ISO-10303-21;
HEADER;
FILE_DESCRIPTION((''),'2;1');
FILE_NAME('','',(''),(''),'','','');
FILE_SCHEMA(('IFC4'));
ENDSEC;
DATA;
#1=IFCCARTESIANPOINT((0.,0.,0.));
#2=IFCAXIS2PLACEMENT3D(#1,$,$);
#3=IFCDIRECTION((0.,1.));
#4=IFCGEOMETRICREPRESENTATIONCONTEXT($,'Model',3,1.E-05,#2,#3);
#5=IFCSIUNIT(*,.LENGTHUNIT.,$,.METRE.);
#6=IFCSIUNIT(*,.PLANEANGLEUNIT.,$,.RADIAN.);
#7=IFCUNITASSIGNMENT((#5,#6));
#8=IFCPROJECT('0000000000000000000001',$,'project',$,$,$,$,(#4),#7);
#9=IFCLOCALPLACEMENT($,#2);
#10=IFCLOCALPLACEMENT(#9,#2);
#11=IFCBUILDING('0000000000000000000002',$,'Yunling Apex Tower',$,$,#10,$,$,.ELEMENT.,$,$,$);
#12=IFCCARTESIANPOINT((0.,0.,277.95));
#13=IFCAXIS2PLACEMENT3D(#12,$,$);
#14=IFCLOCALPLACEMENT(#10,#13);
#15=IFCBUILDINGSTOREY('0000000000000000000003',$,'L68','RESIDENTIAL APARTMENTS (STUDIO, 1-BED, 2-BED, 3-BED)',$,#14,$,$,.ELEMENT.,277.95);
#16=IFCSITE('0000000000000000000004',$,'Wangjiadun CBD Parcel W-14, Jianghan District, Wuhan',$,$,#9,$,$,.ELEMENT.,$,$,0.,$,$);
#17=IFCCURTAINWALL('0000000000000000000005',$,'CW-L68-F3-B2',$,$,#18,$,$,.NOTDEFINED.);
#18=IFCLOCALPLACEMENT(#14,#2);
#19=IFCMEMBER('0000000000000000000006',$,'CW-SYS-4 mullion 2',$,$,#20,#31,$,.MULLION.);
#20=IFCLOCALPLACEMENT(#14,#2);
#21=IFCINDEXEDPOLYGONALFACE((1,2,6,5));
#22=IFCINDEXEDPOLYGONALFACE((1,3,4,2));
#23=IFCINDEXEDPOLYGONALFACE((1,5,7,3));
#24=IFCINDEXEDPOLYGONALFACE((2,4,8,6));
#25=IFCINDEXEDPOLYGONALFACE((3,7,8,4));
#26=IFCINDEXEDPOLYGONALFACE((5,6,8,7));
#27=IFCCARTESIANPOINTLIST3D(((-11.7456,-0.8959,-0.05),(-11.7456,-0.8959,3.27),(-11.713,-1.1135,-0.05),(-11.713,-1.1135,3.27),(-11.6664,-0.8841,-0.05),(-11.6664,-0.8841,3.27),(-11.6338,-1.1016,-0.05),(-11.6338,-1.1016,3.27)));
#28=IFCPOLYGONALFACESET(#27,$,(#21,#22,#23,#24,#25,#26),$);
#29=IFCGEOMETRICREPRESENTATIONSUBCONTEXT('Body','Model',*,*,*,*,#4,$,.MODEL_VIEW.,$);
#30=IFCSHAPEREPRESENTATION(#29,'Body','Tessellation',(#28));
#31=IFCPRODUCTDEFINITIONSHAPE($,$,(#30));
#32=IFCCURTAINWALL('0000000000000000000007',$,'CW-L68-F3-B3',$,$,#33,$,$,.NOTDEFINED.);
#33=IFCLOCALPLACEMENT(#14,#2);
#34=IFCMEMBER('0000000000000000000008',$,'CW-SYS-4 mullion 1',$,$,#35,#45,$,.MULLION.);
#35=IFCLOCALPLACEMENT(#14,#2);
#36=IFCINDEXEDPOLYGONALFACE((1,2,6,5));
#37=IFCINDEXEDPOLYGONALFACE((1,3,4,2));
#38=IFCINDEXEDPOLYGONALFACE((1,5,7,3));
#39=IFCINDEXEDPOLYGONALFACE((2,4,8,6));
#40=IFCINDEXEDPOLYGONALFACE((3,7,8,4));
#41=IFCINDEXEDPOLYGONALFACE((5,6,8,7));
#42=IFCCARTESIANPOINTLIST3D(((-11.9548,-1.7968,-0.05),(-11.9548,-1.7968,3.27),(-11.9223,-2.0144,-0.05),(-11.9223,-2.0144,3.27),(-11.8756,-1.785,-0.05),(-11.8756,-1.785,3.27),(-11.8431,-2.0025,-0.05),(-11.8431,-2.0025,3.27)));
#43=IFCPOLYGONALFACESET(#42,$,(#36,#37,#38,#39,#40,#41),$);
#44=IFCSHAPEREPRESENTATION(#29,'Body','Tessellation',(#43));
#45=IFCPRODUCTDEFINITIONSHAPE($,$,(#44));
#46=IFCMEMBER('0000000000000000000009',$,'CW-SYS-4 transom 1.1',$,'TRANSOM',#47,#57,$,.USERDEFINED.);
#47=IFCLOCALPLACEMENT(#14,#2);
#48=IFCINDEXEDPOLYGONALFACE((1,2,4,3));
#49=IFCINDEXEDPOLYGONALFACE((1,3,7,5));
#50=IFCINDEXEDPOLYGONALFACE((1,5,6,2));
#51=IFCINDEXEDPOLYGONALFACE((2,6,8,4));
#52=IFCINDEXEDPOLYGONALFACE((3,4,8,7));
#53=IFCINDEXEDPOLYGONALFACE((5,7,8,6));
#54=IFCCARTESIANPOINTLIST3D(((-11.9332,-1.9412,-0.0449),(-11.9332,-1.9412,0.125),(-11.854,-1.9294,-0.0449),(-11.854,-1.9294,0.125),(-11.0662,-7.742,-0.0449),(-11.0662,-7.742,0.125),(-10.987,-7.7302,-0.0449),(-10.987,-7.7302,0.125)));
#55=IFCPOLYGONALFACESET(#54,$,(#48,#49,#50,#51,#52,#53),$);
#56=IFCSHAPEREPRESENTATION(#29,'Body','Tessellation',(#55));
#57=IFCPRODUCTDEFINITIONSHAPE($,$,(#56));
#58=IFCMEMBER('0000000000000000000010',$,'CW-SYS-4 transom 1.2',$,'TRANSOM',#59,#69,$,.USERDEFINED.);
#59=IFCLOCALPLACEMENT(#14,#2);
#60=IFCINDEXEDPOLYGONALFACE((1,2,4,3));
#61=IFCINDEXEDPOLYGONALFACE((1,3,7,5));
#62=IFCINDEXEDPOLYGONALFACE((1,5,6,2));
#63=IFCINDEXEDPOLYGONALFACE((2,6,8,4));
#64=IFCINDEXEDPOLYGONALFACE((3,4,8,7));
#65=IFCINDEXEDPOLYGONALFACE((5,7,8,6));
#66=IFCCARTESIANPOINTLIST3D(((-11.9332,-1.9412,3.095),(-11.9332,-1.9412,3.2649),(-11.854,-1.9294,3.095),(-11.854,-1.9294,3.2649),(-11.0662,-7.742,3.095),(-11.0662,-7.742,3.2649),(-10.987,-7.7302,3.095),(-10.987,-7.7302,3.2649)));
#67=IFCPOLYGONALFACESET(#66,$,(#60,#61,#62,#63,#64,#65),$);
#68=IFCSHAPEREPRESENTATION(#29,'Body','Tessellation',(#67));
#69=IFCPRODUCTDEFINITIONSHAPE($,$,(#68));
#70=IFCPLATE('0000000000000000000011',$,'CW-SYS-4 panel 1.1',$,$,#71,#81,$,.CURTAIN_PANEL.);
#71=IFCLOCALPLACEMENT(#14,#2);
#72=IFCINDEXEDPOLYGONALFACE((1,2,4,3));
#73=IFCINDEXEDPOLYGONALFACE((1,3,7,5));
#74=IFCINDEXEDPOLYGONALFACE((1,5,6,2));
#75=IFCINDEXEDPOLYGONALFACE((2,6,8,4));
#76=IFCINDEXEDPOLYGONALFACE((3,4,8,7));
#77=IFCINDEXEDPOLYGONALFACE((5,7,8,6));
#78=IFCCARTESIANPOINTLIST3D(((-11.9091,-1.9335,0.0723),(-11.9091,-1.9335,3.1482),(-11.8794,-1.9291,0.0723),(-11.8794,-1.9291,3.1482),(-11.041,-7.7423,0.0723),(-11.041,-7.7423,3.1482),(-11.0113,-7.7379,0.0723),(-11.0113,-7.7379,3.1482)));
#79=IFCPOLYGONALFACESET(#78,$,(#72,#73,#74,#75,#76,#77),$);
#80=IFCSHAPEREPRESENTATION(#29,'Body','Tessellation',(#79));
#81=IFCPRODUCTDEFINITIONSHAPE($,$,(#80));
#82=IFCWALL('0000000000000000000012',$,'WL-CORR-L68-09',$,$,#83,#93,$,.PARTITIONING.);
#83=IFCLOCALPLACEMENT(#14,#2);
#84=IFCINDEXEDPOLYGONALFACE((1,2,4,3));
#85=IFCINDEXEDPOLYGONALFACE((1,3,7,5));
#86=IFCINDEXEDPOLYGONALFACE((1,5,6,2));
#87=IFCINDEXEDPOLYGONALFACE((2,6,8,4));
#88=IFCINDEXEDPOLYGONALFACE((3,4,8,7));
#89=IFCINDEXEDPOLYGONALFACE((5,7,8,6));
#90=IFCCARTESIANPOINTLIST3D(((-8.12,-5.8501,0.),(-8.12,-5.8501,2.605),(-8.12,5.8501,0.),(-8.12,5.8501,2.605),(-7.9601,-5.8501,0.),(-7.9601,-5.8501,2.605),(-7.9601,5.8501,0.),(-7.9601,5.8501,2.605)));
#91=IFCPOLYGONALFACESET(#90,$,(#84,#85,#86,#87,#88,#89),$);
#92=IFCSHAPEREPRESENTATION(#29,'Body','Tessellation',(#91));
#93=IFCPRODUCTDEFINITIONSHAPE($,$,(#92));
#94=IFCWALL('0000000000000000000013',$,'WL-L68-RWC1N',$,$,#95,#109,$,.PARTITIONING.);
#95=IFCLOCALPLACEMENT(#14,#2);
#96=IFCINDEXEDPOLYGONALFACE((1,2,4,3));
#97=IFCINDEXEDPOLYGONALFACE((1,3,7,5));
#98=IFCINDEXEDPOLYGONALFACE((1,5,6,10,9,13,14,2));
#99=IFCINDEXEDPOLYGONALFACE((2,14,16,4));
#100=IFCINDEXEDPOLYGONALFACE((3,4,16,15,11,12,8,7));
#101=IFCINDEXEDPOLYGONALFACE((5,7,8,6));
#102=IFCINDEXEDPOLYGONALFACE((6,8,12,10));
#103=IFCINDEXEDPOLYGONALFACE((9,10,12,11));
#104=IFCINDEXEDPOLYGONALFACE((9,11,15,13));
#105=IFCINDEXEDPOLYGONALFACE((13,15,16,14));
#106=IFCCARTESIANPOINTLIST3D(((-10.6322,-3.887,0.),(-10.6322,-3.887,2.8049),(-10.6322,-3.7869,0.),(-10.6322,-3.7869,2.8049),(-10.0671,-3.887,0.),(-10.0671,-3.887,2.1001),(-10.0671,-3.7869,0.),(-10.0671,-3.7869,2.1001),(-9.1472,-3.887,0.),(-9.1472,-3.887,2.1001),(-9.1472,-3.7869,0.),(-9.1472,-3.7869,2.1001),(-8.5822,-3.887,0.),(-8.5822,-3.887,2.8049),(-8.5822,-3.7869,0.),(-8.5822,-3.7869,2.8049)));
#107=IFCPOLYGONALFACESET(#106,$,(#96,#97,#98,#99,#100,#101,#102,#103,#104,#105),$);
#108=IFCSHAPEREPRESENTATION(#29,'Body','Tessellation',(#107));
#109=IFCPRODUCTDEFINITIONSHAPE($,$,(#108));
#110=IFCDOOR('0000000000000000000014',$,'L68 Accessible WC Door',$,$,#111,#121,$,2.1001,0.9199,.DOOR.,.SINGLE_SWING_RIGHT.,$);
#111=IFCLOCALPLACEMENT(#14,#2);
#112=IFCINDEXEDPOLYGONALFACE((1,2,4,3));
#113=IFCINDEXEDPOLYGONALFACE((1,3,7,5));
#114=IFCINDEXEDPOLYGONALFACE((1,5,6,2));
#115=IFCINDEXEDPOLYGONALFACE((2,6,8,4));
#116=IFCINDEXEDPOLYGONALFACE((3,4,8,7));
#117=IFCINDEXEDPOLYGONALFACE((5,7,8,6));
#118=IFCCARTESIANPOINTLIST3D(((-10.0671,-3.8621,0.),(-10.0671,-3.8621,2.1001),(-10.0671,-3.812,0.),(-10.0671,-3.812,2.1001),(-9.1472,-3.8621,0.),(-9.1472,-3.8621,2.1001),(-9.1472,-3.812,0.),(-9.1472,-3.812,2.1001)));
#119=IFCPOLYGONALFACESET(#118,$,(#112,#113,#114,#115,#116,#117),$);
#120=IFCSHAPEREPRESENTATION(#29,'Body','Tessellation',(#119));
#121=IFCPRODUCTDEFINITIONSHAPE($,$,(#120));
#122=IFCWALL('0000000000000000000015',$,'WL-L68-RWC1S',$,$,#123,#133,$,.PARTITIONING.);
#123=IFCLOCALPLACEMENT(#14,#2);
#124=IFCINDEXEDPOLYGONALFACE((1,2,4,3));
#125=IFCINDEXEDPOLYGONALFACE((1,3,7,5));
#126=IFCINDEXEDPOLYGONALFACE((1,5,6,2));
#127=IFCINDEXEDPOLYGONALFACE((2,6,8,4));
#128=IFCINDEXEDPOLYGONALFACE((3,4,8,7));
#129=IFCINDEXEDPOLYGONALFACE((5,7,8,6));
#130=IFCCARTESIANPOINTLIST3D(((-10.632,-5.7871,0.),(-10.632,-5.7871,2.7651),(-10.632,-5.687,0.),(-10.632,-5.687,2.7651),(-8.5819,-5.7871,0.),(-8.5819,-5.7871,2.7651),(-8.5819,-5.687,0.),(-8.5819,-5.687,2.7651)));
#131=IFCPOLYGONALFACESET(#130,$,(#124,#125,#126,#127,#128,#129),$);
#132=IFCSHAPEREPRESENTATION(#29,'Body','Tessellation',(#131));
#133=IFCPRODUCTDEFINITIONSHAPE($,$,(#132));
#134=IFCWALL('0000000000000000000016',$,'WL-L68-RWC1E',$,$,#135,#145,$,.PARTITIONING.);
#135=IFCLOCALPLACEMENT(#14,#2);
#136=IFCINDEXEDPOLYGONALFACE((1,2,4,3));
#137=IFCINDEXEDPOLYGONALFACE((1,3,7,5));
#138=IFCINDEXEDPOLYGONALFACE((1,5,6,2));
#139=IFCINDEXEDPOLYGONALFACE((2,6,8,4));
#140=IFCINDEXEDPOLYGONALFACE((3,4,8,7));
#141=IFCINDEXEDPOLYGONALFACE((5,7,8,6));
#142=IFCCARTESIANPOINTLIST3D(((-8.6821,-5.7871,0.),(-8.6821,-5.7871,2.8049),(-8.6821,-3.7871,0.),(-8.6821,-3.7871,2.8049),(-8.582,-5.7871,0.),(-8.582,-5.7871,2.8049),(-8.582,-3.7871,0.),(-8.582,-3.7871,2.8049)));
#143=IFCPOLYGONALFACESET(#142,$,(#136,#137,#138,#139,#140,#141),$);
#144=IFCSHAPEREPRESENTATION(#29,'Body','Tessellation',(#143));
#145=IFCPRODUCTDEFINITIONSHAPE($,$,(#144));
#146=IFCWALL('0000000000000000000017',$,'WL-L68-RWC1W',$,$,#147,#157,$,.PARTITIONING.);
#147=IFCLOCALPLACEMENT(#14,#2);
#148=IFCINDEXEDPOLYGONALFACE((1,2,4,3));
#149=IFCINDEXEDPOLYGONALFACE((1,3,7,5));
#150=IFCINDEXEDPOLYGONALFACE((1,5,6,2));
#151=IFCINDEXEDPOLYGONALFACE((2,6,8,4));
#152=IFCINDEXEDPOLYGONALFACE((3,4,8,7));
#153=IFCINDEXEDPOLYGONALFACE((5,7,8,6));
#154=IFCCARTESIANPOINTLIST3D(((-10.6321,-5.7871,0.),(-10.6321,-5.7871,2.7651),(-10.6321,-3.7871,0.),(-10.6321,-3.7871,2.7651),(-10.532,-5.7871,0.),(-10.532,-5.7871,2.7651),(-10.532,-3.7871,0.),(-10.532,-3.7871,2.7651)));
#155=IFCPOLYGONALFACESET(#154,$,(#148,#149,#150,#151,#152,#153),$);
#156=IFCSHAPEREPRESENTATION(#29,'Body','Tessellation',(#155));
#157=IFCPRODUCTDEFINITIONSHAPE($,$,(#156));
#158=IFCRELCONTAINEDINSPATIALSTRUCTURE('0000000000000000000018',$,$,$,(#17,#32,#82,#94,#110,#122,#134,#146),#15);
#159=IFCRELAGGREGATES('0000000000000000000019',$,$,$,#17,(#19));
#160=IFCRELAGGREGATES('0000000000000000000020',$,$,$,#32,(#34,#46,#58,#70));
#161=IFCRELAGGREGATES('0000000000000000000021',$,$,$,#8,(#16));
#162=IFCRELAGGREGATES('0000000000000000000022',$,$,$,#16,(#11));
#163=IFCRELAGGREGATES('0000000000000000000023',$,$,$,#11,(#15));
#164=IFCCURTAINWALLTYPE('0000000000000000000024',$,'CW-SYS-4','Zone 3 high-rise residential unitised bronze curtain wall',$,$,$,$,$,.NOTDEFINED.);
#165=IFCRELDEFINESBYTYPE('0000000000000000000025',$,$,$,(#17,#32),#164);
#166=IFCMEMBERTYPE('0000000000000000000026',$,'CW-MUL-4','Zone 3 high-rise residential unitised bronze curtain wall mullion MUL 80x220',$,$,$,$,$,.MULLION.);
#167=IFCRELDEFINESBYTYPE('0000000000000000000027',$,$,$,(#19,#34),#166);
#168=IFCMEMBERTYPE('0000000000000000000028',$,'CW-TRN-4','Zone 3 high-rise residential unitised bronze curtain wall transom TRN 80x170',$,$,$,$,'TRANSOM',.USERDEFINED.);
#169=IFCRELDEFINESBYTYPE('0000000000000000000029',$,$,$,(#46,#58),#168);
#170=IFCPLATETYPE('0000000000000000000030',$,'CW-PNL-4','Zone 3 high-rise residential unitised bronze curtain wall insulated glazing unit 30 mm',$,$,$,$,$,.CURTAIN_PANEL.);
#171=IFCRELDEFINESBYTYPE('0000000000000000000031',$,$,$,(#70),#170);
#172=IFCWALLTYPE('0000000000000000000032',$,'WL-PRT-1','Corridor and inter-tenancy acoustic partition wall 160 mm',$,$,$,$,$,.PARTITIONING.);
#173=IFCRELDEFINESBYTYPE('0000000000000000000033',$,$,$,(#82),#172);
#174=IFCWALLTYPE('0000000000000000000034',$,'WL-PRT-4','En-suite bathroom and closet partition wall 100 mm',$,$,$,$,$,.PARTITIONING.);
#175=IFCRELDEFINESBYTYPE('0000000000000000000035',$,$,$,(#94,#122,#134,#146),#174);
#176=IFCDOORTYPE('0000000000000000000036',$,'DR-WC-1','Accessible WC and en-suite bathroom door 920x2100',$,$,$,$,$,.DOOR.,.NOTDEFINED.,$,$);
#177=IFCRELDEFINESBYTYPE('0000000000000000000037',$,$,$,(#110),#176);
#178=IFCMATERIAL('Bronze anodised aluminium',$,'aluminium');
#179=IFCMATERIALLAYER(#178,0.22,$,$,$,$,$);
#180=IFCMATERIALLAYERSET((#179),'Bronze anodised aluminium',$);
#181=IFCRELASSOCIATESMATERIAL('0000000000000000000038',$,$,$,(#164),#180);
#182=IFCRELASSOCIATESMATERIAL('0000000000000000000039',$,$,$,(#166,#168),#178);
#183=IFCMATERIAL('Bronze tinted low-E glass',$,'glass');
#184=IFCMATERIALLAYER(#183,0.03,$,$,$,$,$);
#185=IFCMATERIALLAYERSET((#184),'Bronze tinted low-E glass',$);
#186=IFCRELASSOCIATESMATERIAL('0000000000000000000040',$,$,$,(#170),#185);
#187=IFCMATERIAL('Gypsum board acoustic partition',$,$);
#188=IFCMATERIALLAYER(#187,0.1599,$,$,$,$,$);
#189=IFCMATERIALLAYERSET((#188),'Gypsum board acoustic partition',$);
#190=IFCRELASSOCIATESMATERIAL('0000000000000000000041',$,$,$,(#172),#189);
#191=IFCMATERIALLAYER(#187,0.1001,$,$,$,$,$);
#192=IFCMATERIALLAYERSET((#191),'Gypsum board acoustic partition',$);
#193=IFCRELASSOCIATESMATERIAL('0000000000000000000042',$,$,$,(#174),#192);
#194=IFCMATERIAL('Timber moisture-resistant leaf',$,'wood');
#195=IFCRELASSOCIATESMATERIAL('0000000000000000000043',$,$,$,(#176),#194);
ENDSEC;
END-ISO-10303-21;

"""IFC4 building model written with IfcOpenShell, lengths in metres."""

from ifc_helpers import new_model, si_unit, direction, frame, frame_2d, origin, origin_2d, place, context, subcontext, project, spatial, rectangle, extrude, source, transform, mapped, material, layer, layer_set, material_profile, profile_set, type_object, element, fill, aggregate, save


model = new_model("IFC4")

# Units and contexts
model_context = context("Model", 3, precision=1e-05, world=origin(), true_north=direction((0.0, 1.0)))
body_context = subcontext(model_context, "Body", "Model", "MODEL_VIEW")
ifc_project = project(units=[si_unit("LENGTHUNIT", "METRE"), si_unit("PLANEANGLEUNIT", "RADIAN")], contexts=[model_context])

# Site, building, storey
site_placement = place(None, origin())
site = spatial("IfcSite", under=ifc_project, at=site_placement, Name="Wangjiadun CBD Parcel W-14, Jianghan District, Wuhan", CompositionType="ELEMENT", RefElevation=0.0)
building_placement = place(site_placement, origin())
building = spatial("IfcBuilding", under=site, at=building_placement, Name="Yunling Apex Tower", CompositionType="ELEMENT")
storey_placement = place(building_placement, frame((0.0, 0.0, 277.95)))
storey = spatial("IfcBuildingStorey", under=building, at=storey_placement, Name="L68", Description="RESIDENTIAL APARTMENTS (STUDIO, 1-BED, 2-BED, 3-BED)", CompositionType="ELEMENT", Elevation=277.95)

# Curtain wall, member
ifc_material_1 = material(Name="Bronze anodised aluminium", Category="aluminium")
ifc_layer_1 = layer(ifc_material_1, 0.22)
ifc_layer_set_1 = layer_set([ifc_layer_1], Name="Bronze anodised aluminium")
curtain_wall_type = type_object("IfcCurtainWallType", Name="CW-SYS-4", Description="Zone 3 high-rise residential unitised bronze curtain wall", PredefinedType="NOTDEFINED", material=ifc_layer_set_1)
curtain_wall_1_placement = place(storey_placement, origin())
curtain_wall_1 = element("IfcCurtainWall", 1, at=curtain_wall_1_placement, inside=storey, type_object=curtain_wall_type, Name="CW-L68-F3-B2", PredefinedType="NOTDEFINED")
ifc_material_profile_1 = material_profile(ifc_material_1, rectangle(XDim=0.0801, YDim=0.22, at=origin_2d()))
ifc_profile_set_1 = profile_set([ifc_material_profile_1], Name="Bronze anodised aluminium")
member_type_1 = type_object("IfcMemberType", Name="CW-MUL-4", Description="Zone 3 high-rise residential unitised bronze curtain wall mullion MUL 80x220", PredefinedType="MULLION", material=ifc_profile_set_1)
shared_shape_1 = source(origin(), body_context, "Body", "SweptSolid", [
    extrude(rectangle(XDim=0.0801, YDim=0.22, at=origin_2d()), origin(), (0.0, 0.0, 1.0), 3.3201),
])
member_1_placement = place(storey_placement, frame((-11.6897, -0.9988, -0.05), z_axis=(0.0, 0.0, 1.0), x_axis=(0.989017, 0.147804, 0.0)))
member_1 = element("IfcMember", 2, at=member_1_placement, type_object=member_type_1, Name="CW-SYS-4 mullion 2", PredefinedType="MULLION", context=body_context, shape_type="MappedRepresentation", body=[
    mapped(shared_shape_1, transform((0.0, 0.0, 0.0), scale=1.0)),
])
aggregate(curtain_wall_1, [member_1])

# Curtain wall, members, plate
curtain_wall_2_placement = place(storey_placement, origin())
curtain_wall_2 = element("IfcCurtainWall", 3, at=curtain_wall_2_placement, inside=storey, type_object=curtain_wall_type, Name="CW-L68-F3-B3", PredefinedType="NOTDEFINED")
member_2_placement = place(storey_placement, frame((-11.8989, -1.8997, -0.05), z_axis=(0.0, 0.0, 1.0), x_axis=(0.989016, 0.147807, 0.0)))
member_2 = element("IfcMember", 4, at=member_2_placement, type_object=member_type_1, Name="CW-SYS-4 mullion 1", PredefinedType="MULLION", context=body_context, shape_type="MappedRepresentation", body=[
    mapped(shared_shape_1, transform((0.0, 0.0, 0.0), scale=1.0)),
])
ifc_material_profile_2 = material_profile(ifc_material_1, rectangle(XDim=0.0801, YDim=0.1699, at=origin_2d()))
ifc_profile_set_2 = profile_set([ifc_material_profile_2], Name="Bronze anodised aluminium")
member_type_2 = type_object("IfcMemberType", Name="CW-TRN-4", Description="Zone 3 high-rise residential unitised bronze curtain wall transom TRN 80x170", ElementType="TRANSOM", PredefinedType="USERDEFINED", material=ifc_profile_set_2)
shared_shape_2 = source(origin(), body_context, "Body", "SweptSolid", [
    extrude(rectangle(XDim=0.0801, YDim=0.1699, at=origin_2d()), origin(), (0.0, 0.0, 1.0), 5.8652),
])
member_3_placement = place(storey_placement, frame((-11.8936, -1.9353, 0.04), z_axis=(0.147811, -0.989016, 0.0), x_axis=(0.989016, 0.147811, 0.0)))
member_3 = element("IfcMember", 5, at=member_3_placement, type_object=member_type_2, Name="CW-SYS-4 transom 1.1", ObjectType="TRANSOM", PredefinedType="USERDEFINED", context=body_context, shape_type="MappedRepresentation", body=[
    mapped(shared_shape_2, transform((0.0, 0.0, 0.0), scale=1.0)),
])
member_4_placement = place(storey_placement, frame((-11.8936, -1.9353, 3.1799), z_axis=(0.147811, -0.989016, 0.0), x_axis=(0.989016, 0.147811, 0.0)))
member_4 = element("IfcMember", 6, at=member_4_placement, type_object=member_type_2, Name="CW-SYS-4 transom 1.2", ObjectType="TRANSOM", PredefinedType="USERDEFINED", context=body_context, shape_type="MappedRepresentation", body=[
    mapped(shared_shape_2, transform((0.0, 0.0, 0.0), scale=1.0)),
])
ifc_material_2 = material(Name="Bronze tinted low-E glass", Category="glass")
ifc_layer_2 = layer(ifc_material_2, 0.03)
ifc_layer_set_2 = layer_set([ifc_layer_2], Name="Bronze tinted low-E glass")
plate_type = type_object("IfcPlateType", Name="CW-PNL-4", Description="Zone 3 high-rise residential unitised bronze curtain wall insulated glazing unit 30 mm", PredefinedType="CURTAIN_PANEL", material=ifc_layer_set_2)
shared_shape_3 = source(origin(), body_context, "Body", "SweptSolid", [
    extrude(rectangle(XDim=5.8733, YDim=0.03, at=origin_2d()), origin(), (0.0, 0.0, 1.0), 3.0759),
])
plate_placement = place(storey_placement, frame((-11.4602, -4.8357, 0.0723), z_axis=(0.0, 0.0, 1.0), x_axis=(0.147807, -0.989016, 0.0)))
plate = element("IfcPlate", 7, at=plate_placement, type_object=plate_type, Name="CW-SYS-4 panel 1.1", PredefinedType="CURTAIN_PANEL", context=body_context, shape_type="MappedRepresentation", body=[
    mapped(shared_shape_3, transform((0.0, 0.0, 0.0), scale=1.0)),
])
aggregate(curtain_wall_2, [member_2, member_3, member_4, plate])

# Wall
ifc_material_3 = material(Name="Gypsum board acoustic partition")
ifc_layer_3 = layer(ifc_material_3, 0.1599)
ifc_layer_set_3 = layer_set([ifc_layer_3], Name="Gypsum board acoustic partition")
wall_type_1 = type_object("IfcWallType", Name="WL-PRT-1", Description="Corridor and inter-tenancy acoustic partition wall 160 mm", PredefinedType="PARTITIONING", material=ifc_layer_set_3)
wall_1_placement = place(storey_placement, frame((-8.04, -5.8501, 0.0), z_axis=(0.0, 0.0, 1.0), x_axis=(0.0, 1.0, 0.0)))
element("IfcWall", 8, at=wall_1_placement, inside=storey, type_object=wall_type_1, Name="WL-CORR-L68-09", PredefinedType="PARTITIONING", context=body_context, shape_type="SweptSolid", body=[
    extrude(rectangle(XDim=11.7002, YDim=0.1599, at=frame_2d((5.8501, 0.0))), origin(), (0.0, 0.0, 1.0), 2.605),
])

# Wall, opening, door
ifc_layer_4 = layer(ifc_material_3, 0.1001)
ifc_layer_set_4 = layer_set([ifc_layer_4], Name="Gypsum board acoustic partition")
wall_type_2 = type_object("IfcWallType", Name="WL-PRT-4", Description="En-suite bathroom and closet partition wall 100 mm", PredefinedType="PARTITIONING", material=ifc_layer_set_4)
wall_2_placement = place(storey_placement, frame((-10.6321, -3.8369, 0.0), z_axis=(0.0, 0.0, 1.0), x_axis=(1.0, 0.0, 0.0)))
wall_2 = element("IfcWall", 9, at=wall_2_placement, inside=storey, type_object=wall_type_2, Name="WL-L68-RWC1N", PredefinedType="PARTITIONING", context=body_context, shape_type="SweptSolid", body=[
    extrude(rectangle(XDim=2.05, YDim=0.1001, at=frame_2d((1.0249, 0.0))), origin(), (0.0, 0.0, 1.0), 2.8049),
])
opening_placement = place(wall_2_placement, frame((0.5649, 0.0, 0.0)))
opening = element("IfcOpeningElement", 10, at=opening_placement, cuts=wall_2, PredefinedType="OPENING", context=body_context, shape_type="SweptSolid", body=[
    extrude(rectangle(XDim=0.9199, YDim=2.1001, at=frame_2d((0.46, 1.05))), frame((0.0, 0.0601, 0.0), z_axis=(0.0, -1.0, 0.0), x_axis=(1.0, 0.0, 0.0)), (0.0, 0.0, 1.0), 0.1201),
])
ifc_material_4 = material(Name="Timber moisture-resistant leaf", Category="wood")
door_type = type_object("IfcDoorType", Name="DR-WC-1", Description="Accessible WC and en-suite bathroom door 920x2100", OperationType="NOTDEFINED", PredefinedType="DOOR", material=ifc_material_4)
door_placement = place(opening_placement, origin())
door = element("IfcDoor", 11, at=door_placement, inside=storey, type_object=door_type, Name="L68 Accessible WC Door", OperationType="SINGLE_SWING_RIGHT", OverallHeight=2.1001, OverallWidth=0.9199, PredefinedType="DOOR", context=body_context, shape_type="SweptSolid", body=[
    extrude(rectangle(XDim=0.9199, YDim=2.1001, at=frame_2d((0.46, 1.05))), frame((0.0, 0.0249, 0.0), z_axis=(0.0, -1.0, 0.0), x_axis=(1.0, 0.0, 0.0)), (0.0, 0.0, 1.0), 0.05),
])
fill(opening, door)

# Walls
wall_3_placement = place(storey_placement, frame((-8.582, -5.7371, 0.0), z_axis=(0.0, 0.0, 1.0), x_axis=(-1.0, 0.0, 0.0)))
element("IfcWall", 12, at=wall_3_placement, inside=storey, type_object=wall_type_2, Name="WL-L68-RWC1S", PredefinedType="PARTITIONING", context=body_context, shape_type="SweptSolid", body=[
    extrude(rectangle(XDim=2.05, YDim=0.1001, at=frame_2d((1.0249, 0.0))), origin(), (0.0, 0.0, 1.0), 2.7651),
])
wall_4_placement = place(storey_placement, frame((-8.6321, -3.7871, 0.0), z_axis=(0.0, 0.0, 1.0), x_axis=(0.0, -1.0, 0.0)))
element("IfcWall", 13, at=wall_4_placement, inside=storey, type_object=wall_type_2, Name="WL-L68-RWC1E", PredefinedType="PARTITIONING", context=body_context, shape_type="SweptSolid", body=[
    extrude(rectangle(XDim=2.0, YDim=0.1001, at=frame_2d((1.0, 0.0))), origin(), (0.0, 0.0, 1.0), 2.8049),
])
wall_5_placement = place(storey_placement, frame((-10.582, -5.7871, 0.0), z_axis=(0.0, 0.0, 1.0), x_axis=(0.0, 1.0, 0.0)))
element("IfcWall", 14, at=wall_5_placement, inside=storey, type_object=wall_type_2, Name="WL-L68-RWC1W", PredefinedType="PARTITIONING", context=body_context, shape_type="SweptSolid", body=[
    extrude(rectangle(XDim=2.0, YDim=0.1001, at=frame_2d((1.0, 0.0))), origin(), (0.0, 0.0, 1.0), 2.7651),
])

save(model, "model.ifc")
